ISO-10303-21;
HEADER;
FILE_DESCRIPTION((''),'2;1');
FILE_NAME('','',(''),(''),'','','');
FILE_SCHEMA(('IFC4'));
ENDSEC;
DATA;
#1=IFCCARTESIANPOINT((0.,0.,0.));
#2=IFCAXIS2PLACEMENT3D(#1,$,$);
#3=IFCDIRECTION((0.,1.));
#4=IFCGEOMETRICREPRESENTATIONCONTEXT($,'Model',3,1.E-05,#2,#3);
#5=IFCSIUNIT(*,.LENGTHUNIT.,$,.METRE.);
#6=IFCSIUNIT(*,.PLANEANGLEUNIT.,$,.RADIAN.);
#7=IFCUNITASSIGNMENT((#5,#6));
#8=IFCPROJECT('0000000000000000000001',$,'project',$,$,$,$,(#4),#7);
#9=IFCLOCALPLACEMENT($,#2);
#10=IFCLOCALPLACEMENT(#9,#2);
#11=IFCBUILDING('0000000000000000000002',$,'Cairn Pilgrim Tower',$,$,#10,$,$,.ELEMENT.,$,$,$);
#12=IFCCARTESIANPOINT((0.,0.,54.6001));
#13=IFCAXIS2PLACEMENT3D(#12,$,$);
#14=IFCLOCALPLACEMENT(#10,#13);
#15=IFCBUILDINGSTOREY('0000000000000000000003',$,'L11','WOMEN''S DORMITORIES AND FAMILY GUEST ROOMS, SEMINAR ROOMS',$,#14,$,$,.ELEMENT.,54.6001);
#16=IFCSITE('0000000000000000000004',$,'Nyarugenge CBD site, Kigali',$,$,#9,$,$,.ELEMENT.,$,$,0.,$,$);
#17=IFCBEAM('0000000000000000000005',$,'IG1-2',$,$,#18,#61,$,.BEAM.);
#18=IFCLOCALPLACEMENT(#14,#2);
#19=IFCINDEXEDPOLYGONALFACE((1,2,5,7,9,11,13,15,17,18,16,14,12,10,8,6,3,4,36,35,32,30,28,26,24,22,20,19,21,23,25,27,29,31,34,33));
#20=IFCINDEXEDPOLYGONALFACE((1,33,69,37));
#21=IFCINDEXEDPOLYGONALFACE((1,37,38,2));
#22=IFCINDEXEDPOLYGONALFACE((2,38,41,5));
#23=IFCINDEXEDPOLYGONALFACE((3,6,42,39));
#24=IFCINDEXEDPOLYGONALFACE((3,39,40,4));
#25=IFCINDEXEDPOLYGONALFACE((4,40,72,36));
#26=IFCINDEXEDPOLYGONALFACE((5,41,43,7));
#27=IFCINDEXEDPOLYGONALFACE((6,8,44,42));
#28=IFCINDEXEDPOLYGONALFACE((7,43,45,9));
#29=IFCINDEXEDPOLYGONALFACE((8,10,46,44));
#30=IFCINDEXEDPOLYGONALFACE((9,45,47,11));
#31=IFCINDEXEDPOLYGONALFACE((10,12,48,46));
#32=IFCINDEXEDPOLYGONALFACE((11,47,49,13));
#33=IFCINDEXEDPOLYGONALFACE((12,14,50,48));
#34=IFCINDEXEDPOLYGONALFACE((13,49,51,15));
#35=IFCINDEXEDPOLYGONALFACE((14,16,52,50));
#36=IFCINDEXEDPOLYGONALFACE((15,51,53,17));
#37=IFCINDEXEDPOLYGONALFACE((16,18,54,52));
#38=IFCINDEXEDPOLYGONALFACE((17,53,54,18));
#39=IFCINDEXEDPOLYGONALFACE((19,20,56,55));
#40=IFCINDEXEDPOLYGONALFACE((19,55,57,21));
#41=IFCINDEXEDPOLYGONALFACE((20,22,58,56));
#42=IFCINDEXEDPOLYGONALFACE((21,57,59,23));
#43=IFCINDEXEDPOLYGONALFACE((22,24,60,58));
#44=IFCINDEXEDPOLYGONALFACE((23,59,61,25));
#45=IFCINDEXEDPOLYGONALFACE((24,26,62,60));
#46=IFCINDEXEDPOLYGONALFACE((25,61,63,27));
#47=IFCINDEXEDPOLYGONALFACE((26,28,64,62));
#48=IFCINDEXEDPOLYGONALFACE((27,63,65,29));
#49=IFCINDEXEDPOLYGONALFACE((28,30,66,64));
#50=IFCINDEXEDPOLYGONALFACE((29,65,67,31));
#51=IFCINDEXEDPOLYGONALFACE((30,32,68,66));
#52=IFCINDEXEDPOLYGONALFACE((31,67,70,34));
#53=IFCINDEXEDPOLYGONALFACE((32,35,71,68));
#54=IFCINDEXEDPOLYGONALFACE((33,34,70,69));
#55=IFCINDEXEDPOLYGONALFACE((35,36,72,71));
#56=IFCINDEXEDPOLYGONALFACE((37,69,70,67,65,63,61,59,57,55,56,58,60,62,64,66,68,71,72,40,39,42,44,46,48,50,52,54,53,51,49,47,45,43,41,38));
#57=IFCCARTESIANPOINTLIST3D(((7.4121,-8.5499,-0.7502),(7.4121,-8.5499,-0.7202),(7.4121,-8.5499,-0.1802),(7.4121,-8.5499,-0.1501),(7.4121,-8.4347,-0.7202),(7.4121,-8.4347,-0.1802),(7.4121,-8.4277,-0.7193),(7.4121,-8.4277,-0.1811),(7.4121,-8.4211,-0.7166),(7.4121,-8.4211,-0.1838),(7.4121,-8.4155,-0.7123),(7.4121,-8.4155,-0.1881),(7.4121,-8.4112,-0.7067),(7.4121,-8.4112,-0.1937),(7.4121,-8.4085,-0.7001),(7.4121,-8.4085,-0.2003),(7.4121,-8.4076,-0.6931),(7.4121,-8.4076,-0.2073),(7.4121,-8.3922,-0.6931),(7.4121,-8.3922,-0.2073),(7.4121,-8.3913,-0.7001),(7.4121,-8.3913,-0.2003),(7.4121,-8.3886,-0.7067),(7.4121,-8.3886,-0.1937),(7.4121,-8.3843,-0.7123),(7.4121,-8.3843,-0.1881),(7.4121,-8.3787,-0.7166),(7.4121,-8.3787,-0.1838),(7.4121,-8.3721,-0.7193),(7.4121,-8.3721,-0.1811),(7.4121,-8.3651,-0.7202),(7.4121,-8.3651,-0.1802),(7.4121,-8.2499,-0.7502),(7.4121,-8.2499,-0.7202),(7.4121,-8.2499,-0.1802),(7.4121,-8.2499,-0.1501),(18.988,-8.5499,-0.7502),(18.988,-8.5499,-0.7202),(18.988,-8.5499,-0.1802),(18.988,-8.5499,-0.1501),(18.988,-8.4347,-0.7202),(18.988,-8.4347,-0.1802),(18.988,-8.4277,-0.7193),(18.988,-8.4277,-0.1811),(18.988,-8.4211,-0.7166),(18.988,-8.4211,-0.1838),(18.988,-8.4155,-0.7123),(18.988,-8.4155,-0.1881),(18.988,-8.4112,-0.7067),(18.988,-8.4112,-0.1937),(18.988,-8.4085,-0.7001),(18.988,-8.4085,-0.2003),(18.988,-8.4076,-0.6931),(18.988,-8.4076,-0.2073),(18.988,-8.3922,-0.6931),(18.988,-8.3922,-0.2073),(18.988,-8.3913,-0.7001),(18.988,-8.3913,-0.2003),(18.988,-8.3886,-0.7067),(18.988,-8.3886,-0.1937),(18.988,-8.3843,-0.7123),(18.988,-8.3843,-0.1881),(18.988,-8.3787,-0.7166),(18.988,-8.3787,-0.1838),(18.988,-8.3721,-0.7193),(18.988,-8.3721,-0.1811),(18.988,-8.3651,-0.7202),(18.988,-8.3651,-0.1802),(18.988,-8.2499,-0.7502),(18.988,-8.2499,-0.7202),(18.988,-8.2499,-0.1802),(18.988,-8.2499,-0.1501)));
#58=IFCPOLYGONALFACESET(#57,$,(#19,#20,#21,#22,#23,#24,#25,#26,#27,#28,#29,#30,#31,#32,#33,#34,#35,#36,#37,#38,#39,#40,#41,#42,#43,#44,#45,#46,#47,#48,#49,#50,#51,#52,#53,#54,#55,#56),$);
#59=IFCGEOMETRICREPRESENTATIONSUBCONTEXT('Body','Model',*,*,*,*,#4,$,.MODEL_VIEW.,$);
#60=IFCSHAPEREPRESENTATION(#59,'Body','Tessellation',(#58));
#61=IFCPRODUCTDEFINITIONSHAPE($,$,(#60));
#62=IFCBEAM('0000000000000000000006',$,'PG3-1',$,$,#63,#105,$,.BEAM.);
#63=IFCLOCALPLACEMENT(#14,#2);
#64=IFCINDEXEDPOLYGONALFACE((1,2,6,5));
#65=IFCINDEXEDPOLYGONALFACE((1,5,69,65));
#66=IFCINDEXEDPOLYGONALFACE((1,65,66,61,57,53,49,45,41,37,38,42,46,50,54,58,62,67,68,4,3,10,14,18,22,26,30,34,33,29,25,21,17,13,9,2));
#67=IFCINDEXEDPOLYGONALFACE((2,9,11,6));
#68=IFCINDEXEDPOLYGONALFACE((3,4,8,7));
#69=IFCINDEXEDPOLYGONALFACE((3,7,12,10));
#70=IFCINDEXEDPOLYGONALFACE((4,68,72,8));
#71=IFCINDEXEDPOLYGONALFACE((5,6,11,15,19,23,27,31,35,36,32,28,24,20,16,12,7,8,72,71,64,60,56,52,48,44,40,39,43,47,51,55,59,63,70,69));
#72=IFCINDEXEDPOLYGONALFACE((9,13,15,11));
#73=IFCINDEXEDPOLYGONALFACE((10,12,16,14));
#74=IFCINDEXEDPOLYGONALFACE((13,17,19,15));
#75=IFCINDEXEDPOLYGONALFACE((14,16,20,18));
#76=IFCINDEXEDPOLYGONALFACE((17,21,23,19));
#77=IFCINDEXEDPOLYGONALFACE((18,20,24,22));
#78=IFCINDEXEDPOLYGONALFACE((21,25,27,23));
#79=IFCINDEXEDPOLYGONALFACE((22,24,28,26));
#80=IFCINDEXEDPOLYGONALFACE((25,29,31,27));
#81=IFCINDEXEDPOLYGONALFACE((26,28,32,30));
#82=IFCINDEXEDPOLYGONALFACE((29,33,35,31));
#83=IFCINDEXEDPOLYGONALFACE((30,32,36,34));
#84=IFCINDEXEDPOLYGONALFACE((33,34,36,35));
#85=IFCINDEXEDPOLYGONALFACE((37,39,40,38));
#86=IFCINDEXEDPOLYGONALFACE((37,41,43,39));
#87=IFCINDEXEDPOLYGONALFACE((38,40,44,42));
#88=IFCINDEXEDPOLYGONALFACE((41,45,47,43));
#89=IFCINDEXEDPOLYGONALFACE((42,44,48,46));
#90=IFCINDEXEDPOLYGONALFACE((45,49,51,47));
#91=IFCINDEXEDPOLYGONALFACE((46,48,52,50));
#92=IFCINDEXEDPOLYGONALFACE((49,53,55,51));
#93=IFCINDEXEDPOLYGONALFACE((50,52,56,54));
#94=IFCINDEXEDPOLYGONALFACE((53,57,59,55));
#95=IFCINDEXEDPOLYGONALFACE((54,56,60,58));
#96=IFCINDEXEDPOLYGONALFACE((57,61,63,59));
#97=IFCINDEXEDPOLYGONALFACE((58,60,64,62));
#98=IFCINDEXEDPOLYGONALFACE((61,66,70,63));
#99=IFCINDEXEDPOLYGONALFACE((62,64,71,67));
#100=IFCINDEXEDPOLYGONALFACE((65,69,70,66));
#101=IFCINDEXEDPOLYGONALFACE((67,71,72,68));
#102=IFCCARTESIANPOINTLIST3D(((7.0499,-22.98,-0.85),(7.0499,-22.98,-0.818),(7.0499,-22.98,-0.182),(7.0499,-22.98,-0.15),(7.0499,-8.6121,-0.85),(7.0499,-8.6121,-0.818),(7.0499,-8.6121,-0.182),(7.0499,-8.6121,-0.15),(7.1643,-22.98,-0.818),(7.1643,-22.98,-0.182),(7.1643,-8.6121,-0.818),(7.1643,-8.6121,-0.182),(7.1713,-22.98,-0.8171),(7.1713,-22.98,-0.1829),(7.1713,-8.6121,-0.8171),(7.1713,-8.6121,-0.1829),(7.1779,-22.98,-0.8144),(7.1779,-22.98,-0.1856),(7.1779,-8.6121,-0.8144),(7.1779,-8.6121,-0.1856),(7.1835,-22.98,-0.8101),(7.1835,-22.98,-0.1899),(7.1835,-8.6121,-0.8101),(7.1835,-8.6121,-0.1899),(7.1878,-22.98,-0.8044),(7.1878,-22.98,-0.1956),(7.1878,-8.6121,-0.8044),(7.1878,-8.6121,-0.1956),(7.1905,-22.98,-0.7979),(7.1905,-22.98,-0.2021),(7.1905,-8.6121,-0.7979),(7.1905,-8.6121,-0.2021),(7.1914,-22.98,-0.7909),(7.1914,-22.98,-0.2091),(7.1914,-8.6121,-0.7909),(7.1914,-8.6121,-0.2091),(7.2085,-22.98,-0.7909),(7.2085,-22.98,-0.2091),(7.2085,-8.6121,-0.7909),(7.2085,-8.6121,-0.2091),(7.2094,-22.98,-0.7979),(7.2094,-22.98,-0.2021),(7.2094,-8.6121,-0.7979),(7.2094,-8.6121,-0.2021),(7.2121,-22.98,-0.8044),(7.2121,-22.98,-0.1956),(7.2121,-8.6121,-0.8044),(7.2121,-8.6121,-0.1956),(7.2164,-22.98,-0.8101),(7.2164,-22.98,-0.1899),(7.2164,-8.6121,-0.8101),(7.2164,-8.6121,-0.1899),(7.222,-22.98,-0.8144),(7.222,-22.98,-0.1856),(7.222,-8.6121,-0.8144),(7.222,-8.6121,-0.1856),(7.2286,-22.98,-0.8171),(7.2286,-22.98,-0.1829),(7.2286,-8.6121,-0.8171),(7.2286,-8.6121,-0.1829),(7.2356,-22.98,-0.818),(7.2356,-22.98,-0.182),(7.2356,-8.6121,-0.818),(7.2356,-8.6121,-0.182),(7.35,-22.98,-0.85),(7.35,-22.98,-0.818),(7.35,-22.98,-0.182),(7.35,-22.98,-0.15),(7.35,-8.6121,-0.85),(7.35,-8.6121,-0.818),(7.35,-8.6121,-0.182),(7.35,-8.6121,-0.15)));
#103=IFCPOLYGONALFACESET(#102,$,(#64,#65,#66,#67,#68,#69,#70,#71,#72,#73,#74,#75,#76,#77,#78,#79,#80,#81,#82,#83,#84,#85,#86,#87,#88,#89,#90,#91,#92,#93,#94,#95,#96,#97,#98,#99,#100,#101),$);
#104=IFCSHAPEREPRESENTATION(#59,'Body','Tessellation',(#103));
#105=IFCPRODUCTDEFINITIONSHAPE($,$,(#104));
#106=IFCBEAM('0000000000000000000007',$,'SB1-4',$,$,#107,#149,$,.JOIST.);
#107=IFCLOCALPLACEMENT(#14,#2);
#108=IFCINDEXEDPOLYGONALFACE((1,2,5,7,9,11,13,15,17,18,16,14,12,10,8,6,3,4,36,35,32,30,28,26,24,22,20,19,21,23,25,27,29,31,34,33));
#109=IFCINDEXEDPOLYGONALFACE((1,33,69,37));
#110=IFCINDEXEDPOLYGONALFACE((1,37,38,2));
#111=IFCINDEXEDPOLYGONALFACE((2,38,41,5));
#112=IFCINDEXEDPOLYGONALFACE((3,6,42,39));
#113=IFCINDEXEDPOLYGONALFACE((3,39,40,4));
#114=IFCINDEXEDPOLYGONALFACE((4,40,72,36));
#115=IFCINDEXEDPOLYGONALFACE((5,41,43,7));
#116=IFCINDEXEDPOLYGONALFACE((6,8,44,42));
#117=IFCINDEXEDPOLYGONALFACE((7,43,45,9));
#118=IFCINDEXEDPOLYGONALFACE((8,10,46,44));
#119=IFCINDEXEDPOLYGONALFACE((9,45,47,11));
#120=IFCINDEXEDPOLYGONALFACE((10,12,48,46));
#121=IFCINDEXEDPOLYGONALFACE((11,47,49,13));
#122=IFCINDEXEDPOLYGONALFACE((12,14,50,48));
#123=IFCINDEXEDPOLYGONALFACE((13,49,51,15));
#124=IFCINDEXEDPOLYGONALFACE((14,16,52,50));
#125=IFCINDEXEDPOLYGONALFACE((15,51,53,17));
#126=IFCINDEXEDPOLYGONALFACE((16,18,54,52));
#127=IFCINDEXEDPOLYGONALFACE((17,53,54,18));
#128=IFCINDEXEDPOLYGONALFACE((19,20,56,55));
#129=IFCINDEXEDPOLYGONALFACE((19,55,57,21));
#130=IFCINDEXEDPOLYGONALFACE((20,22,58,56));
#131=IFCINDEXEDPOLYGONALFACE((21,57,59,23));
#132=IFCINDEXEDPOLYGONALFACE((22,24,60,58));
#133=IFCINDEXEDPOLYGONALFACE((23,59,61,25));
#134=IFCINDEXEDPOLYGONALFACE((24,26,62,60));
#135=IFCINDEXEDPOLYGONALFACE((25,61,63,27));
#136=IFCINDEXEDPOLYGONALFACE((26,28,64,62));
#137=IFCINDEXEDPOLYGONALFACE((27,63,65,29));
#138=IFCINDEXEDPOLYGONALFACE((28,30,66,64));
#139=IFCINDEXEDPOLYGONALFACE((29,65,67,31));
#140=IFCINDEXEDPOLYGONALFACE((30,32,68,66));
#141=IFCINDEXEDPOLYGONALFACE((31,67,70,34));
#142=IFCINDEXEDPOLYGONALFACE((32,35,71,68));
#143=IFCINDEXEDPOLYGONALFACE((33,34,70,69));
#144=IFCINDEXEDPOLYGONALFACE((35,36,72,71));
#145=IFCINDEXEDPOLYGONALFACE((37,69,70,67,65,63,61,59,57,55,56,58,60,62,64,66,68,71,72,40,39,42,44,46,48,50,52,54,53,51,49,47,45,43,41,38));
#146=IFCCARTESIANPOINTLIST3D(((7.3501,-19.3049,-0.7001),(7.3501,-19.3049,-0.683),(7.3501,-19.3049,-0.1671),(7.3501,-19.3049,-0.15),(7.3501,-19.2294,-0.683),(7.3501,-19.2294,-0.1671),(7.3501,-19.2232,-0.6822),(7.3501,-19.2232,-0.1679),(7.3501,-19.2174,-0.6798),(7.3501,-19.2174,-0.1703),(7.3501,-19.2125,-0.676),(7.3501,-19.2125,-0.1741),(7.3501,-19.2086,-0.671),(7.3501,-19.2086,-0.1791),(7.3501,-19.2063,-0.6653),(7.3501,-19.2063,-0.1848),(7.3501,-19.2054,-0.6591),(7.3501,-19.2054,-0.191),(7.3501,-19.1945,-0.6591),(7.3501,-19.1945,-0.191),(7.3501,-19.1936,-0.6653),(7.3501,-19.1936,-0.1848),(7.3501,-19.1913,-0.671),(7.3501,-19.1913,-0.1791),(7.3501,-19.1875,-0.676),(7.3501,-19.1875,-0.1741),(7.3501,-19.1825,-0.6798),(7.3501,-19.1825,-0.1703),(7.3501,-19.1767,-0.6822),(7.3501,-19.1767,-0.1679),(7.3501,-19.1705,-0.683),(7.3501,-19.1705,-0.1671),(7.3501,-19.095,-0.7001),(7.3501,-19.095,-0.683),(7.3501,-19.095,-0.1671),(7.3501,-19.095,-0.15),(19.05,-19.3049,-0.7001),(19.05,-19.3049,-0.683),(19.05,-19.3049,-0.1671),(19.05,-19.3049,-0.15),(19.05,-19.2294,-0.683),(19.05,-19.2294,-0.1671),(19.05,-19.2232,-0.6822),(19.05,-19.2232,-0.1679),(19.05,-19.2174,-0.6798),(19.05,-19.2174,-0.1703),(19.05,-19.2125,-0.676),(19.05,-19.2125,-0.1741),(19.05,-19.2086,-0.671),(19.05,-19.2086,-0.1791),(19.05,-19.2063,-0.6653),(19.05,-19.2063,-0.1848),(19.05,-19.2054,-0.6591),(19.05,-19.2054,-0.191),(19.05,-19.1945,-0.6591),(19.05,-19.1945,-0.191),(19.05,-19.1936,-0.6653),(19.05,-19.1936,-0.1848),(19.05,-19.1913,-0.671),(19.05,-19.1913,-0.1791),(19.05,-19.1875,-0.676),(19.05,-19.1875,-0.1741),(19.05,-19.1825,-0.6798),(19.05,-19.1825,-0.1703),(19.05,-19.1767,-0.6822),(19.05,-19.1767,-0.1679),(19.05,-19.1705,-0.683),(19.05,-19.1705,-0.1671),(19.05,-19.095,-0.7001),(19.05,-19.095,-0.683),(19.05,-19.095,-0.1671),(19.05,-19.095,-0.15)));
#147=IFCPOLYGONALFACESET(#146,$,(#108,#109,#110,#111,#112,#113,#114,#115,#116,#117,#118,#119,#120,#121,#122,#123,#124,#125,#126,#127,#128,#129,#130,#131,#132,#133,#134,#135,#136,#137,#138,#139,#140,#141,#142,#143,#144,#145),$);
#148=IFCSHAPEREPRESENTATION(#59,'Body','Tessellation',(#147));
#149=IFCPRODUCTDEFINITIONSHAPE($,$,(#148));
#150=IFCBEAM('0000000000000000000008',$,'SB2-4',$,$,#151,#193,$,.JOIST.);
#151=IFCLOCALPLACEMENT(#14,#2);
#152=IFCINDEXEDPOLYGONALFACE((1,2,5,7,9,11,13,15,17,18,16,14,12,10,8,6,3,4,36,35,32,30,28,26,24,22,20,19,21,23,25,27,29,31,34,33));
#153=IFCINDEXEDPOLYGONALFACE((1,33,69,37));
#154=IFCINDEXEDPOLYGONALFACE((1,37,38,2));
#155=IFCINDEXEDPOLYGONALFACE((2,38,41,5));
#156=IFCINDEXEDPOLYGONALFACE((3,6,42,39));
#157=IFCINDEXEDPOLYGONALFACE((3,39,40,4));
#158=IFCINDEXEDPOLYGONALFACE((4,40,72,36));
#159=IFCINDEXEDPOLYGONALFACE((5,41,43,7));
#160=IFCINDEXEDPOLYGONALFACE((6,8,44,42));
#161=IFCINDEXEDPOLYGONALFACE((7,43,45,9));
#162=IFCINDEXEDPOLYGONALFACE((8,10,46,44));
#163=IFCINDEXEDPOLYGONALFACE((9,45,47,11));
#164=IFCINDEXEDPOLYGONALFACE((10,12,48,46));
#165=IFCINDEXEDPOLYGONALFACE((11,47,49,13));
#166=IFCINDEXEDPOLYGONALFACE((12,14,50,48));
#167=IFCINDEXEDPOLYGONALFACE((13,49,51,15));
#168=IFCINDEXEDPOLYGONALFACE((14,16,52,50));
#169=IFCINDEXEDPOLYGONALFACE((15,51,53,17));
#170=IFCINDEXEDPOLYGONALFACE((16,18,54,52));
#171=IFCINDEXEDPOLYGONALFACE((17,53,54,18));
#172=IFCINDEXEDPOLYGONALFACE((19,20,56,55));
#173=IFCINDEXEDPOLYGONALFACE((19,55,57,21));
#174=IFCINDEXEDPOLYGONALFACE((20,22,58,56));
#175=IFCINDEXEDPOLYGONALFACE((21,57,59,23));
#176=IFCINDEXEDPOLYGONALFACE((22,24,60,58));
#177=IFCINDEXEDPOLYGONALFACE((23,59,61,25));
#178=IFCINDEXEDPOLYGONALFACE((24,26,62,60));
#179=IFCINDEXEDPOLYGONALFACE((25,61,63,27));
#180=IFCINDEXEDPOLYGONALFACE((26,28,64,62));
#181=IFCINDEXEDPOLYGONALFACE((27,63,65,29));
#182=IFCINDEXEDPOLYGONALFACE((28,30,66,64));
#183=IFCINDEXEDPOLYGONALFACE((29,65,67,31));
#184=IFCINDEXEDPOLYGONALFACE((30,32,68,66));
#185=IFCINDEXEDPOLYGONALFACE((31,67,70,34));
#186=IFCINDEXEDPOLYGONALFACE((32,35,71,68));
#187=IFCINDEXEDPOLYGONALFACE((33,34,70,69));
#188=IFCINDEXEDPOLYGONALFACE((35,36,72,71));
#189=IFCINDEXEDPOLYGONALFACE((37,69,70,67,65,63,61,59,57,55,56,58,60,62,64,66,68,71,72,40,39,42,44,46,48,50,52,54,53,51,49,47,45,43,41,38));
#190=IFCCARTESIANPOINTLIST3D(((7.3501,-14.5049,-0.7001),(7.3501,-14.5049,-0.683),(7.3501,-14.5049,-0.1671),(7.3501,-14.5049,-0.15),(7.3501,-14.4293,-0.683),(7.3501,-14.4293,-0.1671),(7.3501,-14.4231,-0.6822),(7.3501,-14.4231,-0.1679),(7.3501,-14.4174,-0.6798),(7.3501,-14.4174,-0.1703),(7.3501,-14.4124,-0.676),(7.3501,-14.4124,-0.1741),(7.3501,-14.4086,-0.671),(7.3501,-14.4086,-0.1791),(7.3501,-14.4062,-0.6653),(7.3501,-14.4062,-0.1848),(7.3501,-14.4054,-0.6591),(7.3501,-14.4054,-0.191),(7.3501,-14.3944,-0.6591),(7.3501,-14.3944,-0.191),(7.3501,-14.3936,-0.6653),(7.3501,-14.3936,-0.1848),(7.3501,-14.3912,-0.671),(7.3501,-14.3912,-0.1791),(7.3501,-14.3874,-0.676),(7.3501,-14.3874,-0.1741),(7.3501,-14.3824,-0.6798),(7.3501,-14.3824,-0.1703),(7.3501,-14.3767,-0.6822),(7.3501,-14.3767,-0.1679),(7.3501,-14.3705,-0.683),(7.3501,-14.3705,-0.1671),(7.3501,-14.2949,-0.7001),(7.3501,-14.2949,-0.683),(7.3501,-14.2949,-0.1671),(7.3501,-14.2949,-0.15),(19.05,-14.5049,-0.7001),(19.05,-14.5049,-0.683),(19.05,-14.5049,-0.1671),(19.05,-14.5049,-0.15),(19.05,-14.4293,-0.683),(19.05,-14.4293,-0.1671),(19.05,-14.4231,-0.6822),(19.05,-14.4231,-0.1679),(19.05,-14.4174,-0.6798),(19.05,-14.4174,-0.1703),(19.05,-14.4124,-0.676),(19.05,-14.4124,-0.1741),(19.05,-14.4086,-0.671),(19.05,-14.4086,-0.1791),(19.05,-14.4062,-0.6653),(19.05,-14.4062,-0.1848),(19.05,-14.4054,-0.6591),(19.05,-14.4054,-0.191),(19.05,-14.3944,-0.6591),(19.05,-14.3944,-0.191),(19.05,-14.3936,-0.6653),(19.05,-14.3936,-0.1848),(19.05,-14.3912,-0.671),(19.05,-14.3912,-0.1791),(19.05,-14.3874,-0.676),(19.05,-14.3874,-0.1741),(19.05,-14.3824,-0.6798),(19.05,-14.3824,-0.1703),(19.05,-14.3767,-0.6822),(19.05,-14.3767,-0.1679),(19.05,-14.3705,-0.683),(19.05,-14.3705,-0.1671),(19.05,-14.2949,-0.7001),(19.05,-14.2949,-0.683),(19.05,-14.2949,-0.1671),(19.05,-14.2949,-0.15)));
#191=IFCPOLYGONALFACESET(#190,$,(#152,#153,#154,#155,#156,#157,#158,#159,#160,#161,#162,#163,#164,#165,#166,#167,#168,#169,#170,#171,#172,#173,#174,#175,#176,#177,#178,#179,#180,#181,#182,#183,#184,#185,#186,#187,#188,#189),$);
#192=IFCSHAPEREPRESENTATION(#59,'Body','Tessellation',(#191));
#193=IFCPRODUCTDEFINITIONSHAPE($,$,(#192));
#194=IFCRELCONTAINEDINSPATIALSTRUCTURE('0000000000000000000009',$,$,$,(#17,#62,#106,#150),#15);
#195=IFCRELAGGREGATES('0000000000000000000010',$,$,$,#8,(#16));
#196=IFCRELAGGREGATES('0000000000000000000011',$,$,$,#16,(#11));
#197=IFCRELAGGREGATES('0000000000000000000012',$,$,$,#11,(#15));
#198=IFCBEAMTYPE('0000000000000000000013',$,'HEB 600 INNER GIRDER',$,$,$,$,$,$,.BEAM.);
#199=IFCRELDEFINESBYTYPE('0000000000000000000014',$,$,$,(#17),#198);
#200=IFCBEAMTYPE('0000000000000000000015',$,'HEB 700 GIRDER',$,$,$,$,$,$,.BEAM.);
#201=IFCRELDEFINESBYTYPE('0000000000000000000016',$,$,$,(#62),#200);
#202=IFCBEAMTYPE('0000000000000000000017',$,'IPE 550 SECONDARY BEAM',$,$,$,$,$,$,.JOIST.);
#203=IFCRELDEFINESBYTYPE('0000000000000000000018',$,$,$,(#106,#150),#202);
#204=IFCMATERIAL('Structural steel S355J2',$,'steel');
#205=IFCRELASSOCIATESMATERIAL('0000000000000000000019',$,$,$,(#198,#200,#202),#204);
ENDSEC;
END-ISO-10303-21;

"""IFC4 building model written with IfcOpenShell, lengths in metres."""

from ifc_helpers import new_model, si_unit, direction, frame, origin, origin_2d, place, context, subcontext, project, spatial, i_section, extrude, material, material_profile, profile_set, type_object, element, save


model = new_model("IFC4")

# Units and contexts
model_context = context("Model", 3, precision=1e-05, world=origin(), true_north=direction((0.0, 1.0)))
body_context = subcontext(model_context, "Body", "Model", "MODEL_VIEW")
ifc_project = project(units=[si_unit("LENGTHUNIT", "METRE"), si_unit("PLANEANGLEUNIT", "RADIAN")], contexts=[model_context])

# Site, building, storey
site_placement = place(None, origin())
site = spatial("IfcSite", under=ifc_project, at=site_placement, Name="Nyarugenge CBD site, Kigali", CompositionType="ELEMENT", RefElevation=0.0)
building_placement = place(site_placement, origin())
building = spatial("IfcBuilding", under=site, at=building_placement, Name="Cairn Pilgrim Tower", CompositionType="ELEMENT")
storey_placement = place(building_placement, frame((0.0, 0.0, 54.6001)))
storey = spatial("IfcBuildingStorey", under=building, at=storey_placement, Name="L11", Description="WOMEN'S DORMITORIES AND FAMILY GUEST ROOMS, SEMINAR ROOMS", CompositionType="ELEMENT", Elevation=54.6001)

# Beams
ifc_material_1 = material(Name="Structural steel S355J2", Category="steel")
ifc_material_profile_1 = material_profile(ifc_material_1, i_section(OverallWidth=0.3, OverallDepth=0.6001, WebThickness=0.0154, FlangeThickness=0.03, FilletRadius=0.0271, at=origin_2d()), Name="HEB 600")
ifc_profile_set_1 = profile_set([ifc_material_profile_1], Name="Structural steel S355J2")
beam_type_1 = type_object("IfcBeamType", Name="HEB 600 INNER GIRDER", PredefinedType="BEAM", material=ifc_profile_set_1)
beam_1_placement = place(storey_placement, frame((7.4121, -8.3999, -0.4502), z_axis=(1.0, 0.0, 0.0), x_axis=(0.0, 1.0, 0.0)))
element("IfcBeam", 1, at=beam_1_placement, inside=storey, type_object=beam_type_1, Name="IG1-2", PredefinedType="BEAM", context=body_context, shape_type="SweptSolid", body=[
    extrude(i_section(OverallWidth=0.3, OverallDepth=0.6001, WebThickness=0.0154, FlangeThickness=0.03, FilletRadius=0.0271, at=origin_2d()), origin(), (0.0, 0.0, 1.0), 11.5759),
])
ifc_material_profile_2 = material_profile(ifc_material_1, i_section(OverallWidth=0.3, OverallDepth=0.7, WebThickness=0.0171, FlangeThickness=0.032, FilletRadius=0.0271, at=origin_2d()), Name="HEB 700")
ifc_profile_set_2 = profile_set([ifc_material_profile_2], Name="Structural steel S355J2")
beam_type_2 = type_object("IfcBeamType", Name="HEB 700 GIRDER", PredefinedType="BEAM", material=ifc_profile_set_2)
beam_2_placement = place(storey_placement, frame((7.2, -22.98, -0.5), z_axis=(0.0, 1.0, 0.0), x_axis=(-1.0, 0.0, 0.0)))
element("IfcBeam", 2, at=beam_2_placement, inside=storey, type_object=beam_type_2, Name="PG3-1", PredefinedType="BEAM", context=body_context, shape_type="SweptSolid", body=[
    extrude(i_section(OverallWidth=0.3, OverallDepth=0.7, WebThickness=0.0171, FlangeThickness=0.032, FilletRadius=0.0271, at=origin_2d()), origin(), (0.0, 0.0, 1.0), 14.3679),
])
ifc_material_profile_3 = material_profile(ifc_material_1, i_section(OverallWidth=0.21, OverallDepth=0.55, WebThickness=0.011, FlangeThickness=0.0171, FilletRadius=0.0239, at=origin_2d()), Name="IPE 550")
ifc_profile_set_3 = profile_set([ifc_material_profile_3], Name="Structural steel S355J2")
beam_type_3 = type_object("IfcBeamType", Name="IPE 550 SECONDARY BEAM", PredefinedType="JOIST", material=ifc_profile_set_3)
for number, where, z_axis, x_axis, name in (
    (3, (7.3501, -19.2, -0.425), (1.0, 0.0, 0.0), (0.0, 1.0, 0.0), "SB1-4"),
    (4, (7.3501, -14.3999, -0.425), (1.0, 0.0, 0.0), (0.0, 1.0, 0.0), "SB2-4"),
):
    element("IfcBeam", number, at=place(storey_placement, frame(where, z_axis=z_axis, x_axis=x_axis)), inside=storey, type_object=beam_type_3, Name=name, PredefinedType="JOIST", context=body_context, shape_type="SweptSolid", body=[
        extrude(i_section(OverallWidth=0.21, OverallDepth=0.55, WebThickness=0.011, FlangeThickness=0.0171, FilletRadius=0.0239, at=origin_2d()), origin(), (0.0, 0.0, 1.0), 11.7),
    ])

save(model, "model.ifc")
